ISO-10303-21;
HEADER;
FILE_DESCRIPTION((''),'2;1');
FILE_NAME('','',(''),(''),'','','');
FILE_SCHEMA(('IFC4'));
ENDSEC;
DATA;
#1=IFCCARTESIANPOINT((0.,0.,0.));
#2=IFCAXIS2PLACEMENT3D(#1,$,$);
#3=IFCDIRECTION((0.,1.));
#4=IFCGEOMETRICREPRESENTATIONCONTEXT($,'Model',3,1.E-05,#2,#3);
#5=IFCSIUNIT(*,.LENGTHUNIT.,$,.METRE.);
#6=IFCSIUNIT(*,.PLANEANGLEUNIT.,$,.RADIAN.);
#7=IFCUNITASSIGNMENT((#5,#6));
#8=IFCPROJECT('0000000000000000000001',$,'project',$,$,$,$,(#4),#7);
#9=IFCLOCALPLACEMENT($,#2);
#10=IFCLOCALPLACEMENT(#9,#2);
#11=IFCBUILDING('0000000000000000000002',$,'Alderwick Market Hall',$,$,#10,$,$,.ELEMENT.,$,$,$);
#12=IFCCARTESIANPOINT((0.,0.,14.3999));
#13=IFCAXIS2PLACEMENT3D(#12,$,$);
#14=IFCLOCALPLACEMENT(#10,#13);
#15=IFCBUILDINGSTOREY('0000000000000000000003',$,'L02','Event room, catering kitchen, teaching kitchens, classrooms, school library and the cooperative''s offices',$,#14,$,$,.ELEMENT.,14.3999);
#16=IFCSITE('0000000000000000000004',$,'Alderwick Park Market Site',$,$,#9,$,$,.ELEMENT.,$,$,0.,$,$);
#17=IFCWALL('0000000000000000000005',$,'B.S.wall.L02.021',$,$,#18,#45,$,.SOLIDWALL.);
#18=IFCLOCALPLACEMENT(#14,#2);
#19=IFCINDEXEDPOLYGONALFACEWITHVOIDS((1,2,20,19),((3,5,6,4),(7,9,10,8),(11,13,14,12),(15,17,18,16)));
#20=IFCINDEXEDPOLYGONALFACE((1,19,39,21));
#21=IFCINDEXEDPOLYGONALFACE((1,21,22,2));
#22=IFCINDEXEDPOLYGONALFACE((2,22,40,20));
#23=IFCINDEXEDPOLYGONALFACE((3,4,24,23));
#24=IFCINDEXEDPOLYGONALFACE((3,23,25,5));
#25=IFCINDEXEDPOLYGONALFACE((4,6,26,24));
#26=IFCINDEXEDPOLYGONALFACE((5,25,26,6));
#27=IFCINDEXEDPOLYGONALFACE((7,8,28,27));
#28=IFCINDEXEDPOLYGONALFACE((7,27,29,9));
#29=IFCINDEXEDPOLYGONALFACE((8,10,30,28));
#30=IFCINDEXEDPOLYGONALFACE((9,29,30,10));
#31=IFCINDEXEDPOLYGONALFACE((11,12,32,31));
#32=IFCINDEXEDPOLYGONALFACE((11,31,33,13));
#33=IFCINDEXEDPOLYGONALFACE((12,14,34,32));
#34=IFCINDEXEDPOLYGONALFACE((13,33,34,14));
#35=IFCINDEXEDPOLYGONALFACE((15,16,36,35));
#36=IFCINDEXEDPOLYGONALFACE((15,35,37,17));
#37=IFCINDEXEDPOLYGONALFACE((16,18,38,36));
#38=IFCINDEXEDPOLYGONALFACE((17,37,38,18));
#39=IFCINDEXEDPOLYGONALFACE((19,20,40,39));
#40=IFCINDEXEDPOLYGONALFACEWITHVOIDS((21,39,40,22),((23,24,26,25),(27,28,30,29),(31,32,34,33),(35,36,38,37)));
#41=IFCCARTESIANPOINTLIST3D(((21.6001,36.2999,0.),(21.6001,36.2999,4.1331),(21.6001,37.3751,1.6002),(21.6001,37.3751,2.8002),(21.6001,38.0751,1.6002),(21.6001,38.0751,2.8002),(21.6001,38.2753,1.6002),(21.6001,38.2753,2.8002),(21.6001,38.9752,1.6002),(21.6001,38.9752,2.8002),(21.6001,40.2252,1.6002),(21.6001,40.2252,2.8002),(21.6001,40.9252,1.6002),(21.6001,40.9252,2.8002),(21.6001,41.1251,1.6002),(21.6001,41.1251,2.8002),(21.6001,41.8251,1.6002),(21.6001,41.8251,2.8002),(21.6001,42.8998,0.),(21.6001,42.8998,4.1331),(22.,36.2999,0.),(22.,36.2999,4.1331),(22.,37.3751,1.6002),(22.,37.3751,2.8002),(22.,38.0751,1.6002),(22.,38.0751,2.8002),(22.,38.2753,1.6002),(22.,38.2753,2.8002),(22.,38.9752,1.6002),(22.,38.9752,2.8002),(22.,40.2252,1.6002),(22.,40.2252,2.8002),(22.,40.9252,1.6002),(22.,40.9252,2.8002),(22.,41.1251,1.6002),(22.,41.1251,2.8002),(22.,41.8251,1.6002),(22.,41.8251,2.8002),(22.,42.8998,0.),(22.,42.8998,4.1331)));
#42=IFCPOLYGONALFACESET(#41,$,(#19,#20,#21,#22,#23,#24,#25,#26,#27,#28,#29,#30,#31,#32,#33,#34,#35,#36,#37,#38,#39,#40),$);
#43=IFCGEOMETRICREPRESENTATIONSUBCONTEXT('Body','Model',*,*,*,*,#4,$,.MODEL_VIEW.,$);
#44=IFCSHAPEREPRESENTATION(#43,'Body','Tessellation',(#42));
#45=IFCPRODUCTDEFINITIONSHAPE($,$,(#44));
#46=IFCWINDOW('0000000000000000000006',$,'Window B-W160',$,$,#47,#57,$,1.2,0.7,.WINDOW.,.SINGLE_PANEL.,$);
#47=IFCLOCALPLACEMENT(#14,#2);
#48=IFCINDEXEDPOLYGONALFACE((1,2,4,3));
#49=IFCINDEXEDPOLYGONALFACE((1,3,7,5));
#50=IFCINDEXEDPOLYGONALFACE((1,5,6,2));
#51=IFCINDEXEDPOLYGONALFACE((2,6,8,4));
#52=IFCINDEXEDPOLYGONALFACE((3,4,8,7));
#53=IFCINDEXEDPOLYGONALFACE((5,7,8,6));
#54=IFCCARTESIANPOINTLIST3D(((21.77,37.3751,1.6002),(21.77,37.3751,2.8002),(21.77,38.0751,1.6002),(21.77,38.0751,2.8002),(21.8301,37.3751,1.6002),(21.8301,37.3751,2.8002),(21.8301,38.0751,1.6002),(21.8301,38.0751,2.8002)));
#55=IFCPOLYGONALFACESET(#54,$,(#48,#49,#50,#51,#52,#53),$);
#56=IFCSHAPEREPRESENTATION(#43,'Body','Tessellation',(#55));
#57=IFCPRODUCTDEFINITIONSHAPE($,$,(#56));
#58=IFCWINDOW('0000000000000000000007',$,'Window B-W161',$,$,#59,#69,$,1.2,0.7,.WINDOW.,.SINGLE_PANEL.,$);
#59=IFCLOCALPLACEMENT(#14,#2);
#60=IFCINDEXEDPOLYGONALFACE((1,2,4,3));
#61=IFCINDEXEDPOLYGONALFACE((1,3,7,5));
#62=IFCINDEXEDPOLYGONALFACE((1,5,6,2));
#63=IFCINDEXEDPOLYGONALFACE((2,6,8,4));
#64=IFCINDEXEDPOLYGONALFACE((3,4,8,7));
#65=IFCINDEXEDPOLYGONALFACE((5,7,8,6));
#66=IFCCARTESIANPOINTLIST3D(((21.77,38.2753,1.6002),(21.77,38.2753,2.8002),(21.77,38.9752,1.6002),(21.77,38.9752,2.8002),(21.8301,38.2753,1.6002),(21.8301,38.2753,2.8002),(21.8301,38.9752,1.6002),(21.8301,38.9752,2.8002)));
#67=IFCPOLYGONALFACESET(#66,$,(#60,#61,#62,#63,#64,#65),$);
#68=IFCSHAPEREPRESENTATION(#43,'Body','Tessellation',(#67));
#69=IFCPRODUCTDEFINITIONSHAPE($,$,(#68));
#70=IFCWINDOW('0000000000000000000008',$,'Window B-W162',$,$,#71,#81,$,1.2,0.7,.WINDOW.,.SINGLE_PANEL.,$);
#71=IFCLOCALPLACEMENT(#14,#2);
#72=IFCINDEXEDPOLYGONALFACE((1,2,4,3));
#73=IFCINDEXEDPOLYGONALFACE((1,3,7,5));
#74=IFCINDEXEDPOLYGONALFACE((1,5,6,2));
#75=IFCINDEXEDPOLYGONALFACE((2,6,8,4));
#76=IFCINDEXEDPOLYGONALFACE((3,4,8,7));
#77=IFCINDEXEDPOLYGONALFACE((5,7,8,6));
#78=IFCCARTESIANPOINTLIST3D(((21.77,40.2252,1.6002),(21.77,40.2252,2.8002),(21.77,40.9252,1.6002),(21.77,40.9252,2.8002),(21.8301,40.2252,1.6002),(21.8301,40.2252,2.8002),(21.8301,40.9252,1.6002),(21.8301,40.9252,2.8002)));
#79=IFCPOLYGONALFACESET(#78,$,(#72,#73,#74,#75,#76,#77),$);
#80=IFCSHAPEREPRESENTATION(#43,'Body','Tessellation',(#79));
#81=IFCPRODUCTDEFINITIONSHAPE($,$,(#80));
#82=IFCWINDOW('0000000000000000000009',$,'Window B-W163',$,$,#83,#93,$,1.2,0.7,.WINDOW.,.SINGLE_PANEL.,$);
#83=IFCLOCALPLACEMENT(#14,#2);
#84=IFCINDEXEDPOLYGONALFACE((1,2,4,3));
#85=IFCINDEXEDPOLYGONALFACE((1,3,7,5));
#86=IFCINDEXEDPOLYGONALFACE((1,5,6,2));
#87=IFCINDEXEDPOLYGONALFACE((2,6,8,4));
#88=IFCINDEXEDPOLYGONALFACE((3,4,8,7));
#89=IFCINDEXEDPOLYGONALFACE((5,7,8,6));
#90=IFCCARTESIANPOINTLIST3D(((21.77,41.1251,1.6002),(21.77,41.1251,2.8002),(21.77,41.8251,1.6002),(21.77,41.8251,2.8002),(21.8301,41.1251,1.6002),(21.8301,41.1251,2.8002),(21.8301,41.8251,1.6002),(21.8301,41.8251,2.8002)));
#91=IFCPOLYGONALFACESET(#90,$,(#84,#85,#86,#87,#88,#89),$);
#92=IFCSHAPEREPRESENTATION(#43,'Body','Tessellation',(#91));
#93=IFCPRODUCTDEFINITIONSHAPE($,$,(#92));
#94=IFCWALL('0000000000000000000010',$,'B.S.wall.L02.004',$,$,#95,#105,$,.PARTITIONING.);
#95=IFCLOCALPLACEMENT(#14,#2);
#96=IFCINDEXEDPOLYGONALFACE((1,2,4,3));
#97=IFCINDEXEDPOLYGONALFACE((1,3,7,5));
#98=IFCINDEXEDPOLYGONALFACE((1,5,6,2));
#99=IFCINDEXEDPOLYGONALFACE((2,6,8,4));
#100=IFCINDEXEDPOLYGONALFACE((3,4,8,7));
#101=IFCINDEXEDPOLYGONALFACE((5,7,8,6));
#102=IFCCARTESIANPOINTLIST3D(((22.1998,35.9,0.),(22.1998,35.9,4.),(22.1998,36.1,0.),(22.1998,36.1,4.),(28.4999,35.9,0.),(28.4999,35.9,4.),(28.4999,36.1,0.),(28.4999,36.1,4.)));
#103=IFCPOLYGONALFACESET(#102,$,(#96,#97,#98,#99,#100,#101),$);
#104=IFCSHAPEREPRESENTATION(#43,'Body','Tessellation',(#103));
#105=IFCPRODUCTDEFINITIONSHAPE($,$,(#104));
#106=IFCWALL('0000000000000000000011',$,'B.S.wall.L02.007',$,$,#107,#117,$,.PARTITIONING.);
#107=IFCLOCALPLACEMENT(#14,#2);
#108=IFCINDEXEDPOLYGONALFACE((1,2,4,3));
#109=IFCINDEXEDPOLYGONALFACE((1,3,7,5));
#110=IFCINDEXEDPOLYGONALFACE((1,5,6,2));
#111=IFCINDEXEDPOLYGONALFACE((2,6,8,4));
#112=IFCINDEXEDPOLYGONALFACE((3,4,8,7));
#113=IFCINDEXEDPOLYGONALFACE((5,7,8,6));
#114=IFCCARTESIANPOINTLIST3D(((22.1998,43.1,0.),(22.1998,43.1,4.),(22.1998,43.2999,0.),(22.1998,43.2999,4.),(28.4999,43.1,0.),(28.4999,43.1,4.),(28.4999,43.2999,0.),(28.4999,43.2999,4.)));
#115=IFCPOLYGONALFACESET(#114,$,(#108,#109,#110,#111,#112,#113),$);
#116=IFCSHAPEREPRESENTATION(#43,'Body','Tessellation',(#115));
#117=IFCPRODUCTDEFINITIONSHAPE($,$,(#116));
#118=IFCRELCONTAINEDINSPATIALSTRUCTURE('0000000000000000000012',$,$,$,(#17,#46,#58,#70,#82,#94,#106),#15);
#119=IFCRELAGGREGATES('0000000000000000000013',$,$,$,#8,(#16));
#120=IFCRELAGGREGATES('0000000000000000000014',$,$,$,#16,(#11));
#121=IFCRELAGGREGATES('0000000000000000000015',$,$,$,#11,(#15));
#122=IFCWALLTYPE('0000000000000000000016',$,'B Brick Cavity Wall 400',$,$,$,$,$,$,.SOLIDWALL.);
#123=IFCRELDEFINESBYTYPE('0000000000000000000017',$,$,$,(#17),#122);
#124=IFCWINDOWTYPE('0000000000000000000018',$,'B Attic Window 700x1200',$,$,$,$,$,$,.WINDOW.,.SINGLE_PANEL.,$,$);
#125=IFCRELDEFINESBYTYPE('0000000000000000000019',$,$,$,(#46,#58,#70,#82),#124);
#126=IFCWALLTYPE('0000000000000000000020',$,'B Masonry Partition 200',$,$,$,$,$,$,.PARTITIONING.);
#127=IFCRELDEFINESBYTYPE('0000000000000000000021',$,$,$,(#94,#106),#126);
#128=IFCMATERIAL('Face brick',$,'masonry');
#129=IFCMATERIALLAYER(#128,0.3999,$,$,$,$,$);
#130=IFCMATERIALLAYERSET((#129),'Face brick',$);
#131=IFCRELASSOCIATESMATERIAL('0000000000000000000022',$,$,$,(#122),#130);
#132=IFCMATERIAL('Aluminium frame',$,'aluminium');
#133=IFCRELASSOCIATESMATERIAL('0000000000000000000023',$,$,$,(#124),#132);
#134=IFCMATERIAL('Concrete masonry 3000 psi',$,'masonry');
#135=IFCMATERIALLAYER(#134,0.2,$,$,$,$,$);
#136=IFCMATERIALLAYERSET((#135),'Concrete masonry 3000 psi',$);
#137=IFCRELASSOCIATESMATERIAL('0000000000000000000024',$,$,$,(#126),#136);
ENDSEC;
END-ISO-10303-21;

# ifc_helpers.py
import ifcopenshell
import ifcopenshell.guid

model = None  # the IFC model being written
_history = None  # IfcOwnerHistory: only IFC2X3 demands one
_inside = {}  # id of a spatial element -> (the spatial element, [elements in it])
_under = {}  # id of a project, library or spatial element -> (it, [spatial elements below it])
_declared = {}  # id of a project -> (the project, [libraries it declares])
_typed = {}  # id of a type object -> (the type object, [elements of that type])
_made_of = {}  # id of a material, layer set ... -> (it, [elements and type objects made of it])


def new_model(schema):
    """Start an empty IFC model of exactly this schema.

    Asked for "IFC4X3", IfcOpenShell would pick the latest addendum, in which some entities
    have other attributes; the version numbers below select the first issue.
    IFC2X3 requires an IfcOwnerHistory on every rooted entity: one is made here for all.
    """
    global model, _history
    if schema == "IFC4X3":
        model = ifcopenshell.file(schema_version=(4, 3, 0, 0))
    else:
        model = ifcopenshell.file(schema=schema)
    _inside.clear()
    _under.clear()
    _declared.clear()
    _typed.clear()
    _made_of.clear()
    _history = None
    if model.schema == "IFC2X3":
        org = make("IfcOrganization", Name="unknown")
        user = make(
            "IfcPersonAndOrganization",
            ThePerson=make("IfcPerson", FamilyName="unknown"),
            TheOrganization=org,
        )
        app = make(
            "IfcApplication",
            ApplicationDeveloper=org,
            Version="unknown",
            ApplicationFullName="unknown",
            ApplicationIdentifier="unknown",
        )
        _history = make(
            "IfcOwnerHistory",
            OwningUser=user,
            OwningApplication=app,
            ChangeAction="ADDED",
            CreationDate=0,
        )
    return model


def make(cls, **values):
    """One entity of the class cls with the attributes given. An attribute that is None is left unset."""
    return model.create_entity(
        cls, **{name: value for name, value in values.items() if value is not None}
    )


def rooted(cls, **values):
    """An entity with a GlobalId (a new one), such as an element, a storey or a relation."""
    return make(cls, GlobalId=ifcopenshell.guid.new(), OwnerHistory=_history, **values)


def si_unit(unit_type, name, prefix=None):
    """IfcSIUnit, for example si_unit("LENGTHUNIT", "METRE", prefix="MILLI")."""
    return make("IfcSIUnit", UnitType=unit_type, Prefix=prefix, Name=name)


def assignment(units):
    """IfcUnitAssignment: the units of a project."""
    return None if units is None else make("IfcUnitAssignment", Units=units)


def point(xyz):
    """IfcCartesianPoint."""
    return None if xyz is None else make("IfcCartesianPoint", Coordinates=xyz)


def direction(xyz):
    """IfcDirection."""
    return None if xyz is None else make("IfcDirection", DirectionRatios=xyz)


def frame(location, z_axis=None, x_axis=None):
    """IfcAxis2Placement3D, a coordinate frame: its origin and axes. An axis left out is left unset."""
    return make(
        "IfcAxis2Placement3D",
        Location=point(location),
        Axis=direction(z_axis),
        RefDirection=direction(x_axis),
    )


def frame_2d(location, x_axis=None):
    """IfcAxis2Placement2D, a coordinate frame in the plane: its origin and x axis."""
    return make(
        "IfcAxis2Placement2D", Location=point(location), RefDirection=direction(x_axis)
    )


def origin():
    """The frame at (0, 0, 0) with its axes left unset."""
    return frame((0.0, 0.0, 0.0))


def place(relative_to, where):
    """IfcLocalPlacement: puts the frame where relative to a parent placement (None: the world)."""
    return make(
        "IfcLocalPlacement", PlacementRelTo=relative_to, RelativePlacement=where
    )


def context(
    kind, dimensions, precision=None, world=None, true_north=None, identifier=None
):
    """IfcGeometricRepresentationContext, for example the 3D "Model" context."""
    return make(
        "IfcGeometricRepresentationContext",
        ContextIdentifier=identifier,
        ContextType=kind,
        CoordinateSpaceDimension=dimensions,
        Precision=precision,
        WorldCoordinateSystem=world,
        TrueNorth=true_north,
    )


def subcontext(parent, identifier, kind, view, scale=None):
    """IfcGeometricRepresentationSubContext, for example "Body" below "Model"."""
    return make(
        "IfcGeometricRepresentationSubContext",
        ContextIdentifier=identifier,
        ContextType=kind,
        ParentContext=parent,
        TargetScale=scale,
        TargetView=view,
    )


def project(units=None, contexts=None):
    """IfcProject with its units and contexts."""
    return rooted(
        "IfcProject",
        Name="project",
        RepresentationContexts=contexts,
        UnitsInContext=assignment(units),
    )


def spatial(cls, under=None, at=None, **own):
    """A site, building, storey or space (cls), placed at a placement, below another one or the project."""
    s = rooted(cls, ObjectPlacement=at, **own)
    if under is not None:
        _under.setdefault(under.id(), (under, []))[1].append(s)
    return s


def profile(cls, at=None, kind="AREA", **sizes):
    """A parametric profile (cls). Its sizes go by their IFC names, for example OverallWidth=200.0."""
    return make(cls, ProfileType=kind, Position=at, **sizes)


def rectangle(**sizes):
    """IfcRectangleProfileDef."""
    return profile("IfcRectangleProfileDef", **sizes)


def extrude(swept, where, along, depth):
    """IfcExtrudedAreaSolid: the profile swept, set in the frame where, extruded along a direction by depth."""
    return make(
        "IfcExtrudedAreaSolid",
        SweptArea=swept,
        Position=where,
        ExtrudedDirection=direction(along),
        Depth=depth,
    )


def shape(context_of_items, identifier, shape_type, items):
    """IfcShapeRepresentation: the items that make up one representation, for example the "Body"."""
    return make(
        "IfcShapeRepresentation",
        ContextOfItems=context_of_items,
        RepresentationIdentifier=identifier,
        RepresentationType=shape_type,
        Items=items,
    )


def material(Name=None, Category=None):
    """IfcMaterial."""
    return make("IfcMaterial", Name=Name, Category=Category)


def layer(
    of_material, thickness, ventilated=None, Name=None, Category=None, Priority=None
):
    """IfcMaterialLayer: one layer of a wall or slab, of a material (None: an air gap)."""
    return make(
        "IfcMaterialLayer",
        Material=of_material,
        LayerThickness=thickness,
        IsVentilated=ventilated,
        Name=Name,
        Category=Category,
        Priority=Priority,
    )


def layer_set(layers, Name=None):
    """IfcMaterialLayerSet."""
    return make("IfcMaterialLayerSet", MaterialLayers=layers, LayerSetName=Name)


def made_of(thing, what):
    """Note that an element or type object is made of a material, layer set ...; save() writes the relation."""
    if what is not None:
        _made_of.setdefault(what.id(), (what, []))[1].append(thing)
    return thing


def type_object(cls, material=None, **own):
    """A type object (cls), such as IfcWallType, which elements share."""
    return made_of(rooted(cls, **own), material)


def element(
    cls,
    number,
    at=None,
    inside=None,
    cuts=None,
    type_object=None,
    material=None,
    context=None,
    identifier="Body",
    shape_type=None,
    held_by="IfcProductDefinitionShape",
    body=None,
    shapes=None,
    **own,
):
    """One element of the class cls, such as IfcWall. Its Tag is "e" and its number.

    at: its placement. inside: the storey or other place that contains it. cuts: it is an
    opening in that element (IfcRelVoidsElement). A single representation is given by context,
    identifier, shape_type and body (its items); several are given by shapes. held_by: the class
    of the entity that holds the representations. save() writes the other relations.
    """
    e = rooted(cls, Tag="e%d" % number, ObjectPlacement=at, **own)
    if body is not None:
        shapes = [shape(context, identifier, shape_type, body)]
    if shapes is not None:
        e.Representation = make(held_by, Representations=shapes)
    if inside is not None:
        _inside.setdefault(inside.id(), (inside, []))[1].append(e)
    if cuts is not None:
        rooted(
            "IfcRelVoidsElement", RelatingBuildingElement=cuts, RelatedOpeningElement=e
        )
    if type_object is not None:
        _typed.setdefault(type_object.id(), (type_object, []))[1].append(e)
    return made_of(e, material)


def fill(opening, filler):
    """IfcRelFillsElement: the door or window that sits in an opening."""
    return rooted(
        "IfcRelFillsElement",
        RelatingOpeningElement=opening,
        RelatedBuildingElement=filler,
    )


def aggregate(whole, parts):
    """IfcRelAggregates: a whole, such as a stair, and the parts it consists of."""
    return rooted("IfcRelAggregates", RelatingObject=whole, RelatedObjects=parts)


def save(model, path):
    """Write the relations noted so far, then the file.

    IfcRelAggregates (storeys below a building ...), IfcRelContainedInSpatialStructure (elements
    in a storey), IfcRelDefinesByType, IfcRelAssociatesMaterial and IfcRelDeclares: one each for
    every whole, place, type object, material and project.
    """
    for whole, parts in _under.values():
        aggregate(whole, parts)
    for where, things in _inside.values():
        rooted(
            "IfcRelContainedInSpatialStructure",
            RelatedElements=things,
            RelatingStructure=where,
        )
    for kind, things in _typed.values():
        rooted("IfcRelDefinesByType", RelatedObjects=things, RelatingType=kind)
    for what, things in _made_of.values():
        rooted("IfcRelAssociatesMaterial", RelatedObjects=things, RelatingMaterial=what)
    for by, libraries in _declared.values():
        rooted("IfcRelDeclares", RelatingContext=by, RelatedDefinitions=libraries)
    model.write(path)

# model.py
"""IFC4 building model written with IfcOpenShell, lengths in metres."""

from ifc_helpers import new_model, si_unit, direction, frame, frame_2d, origin, place, context, subcontext, project, spatial, rectangle, extrude, material, layer, layer_set, type_object, element, fill, save


model = new_model("IFC4")

# Units and contexts
model_context = context("Model", 3, precision=1e-05, world=origin(), true_north=direction((0.0, 1.0)))
body_context = subcontext(model_context, "Body", "Model", "MODEL_VIEW")
ifc_project = project(units=[si_unit("LENGTHUNIT", "METRE"), si_unit("PLANEANGLEUNIT", "RADIAN")], contexts=[model_context])

# Site, building, storey
site_placement = place(None, origin())
site = spatial("IfcSite", under=ifc_project, at=site_placement, Name="Alderwick Park Market Site", CompositionType="ELEMENT", RefElevation=0.0)
building_placement = place(site_placement, origin())
building = spatial("IfcBuilding", under=site, at=building_placement, Name="Alderwick Market Hall", CompositionType="ELEMENT")
storey_placement = place(building_placement, frame((0.0, 0.0, 14.3999)))
storey = spatial("IfcBuildingStorey", under=building, at=storey_placement, Name="L02", Description="Event room, catering kitchen, teaching kitchens, classrooms, school library and the cooperative's offices", CompositionType="ELEMENT", Elevation=14.3999)

# Wall, openings, windows
ifc_material_1 = material(Name="Face brick", Category="masonry")
ifc_layer_1 = layer(ifc_material_1, 0.3999)
ifc_layer_set_1 = layer_set([ifc_layer_1], Name="Face brick")
wall_type_1 = type_object("IfcWallType", Name="B Brick Cavity Wall 400", PredefinedType="SOLIDWALL", material=ifc_layer_set_1)
wall_placement = place(storey_placement, frame((21.8, 36.3, 0.0), z_axis=(0.0, 0.0, 1.0), x_axis=(0.0, 1.0, 0.0)))
wall = element("IfcWall", 1, at=wall_placement, inside=storey, type_object=wall_type_1, Name="B.S.wall.L02.021", PredefinedType="SOLIDWALL", context=body_context, shape_type="SweptSolid", body=[
    extrude(rectangle(XDim=6.5999, YDim=0.3999, at=frame_2d((3.2998, 0.0))), origin(), (0.0, 0.0, 1.0), 4.1331),
])
opening_1_placement = place(wall_placement, frame((1.075, 0.0, 1.6001)))
opening_1 = element("IfcOpeningElement", 2, at=opening_1_placement, cuts=wall, PredefinedType="OPENING", context=body_context, shape_type="SweptSolid", body=[
    extrude(rectangle(XDim=0.7, YDim=1.2, at=frame_2d((0.3501, 0.6001))), frame((0.0, 0.21, 0.0), z_axis=(0.0, -1.0, 0.0), x_axis=(1.0, 0.0, 0.0)), (0.0, 0.0, 1.0), 0.4199),
])
opening_2_placement = place(wall_placement, frame((1.9751, 0.0, 1.6001)))
opening_2 = element("IfcOpeningElement", 3, at=opening_2_placement, cuts=wall, PredefinedType="OPENING", context=body_context, shape_type="SweptSolid", body=[
    extrude(rectangle(XDim=0.7, YDim=1.2, at=frame_2d((0.3501, 0.6001))), frame((0.0, 0.21, 0.0), z_axis=(0.0, -1.0, 0.0), x_axis=(1.0, 0.0, 0.0)), (0.0, 0.0, 1.0), 0.4199),
])
opening_3_placement = place(wall_placement, frame((3.925, 0.0, 1.6001)))
opening_3 = element("IfcOpeningElement", 4, at=opening_3_placement, cuts=wall, PredefinedType="OPENING", context=body_context, shape_type="SweptSolid", body=[
    extrude(rectangle(XDim=0.7, YDim=1.2, at=frame_2d((0.3501, 0.6001))), frame((0.0, 0.21, 0.0), z_axis=(0.0, -1.0, 0.0), x_axis=(1.0, 0.0, 0.0)), (0.0, 0.0, 1.0), 0.4199),
])
opening_4_placement = place(wall_placement, frame((4.825, 0.0, 1.6001)))
opening_4 = element("IfcOpeningElement", 5, at=opening_4_placement, cuts=wall, PredefinedType="OPENING", context=body_context, shape_type="SweptSolid", body=[
    extrude(rectangle(XDim=0.7, YDim=1.2, at=frame_2d((0.3501, 0.6001))), frame((0.0, 0.21, 0.0), z_axis=(0.0, -1.0, 0.0), x_axis=(1.0, 0.0, 0.0)), (0.0, 0.0, 1.0), 0.4199),
])
ifc_material_2 = material(Name="Aluminium frame", Category="aluminium")
window_type = type_object("IfcWindowType", Name="B Attic Window 700x1200", PartitioningType="SINGLE_PANEL", PredefinedType="WINDOW", material=ifc_material_2)
window_1_placement = place(opening_1_placement, origin())
window_1 = element("IfcWindow", 6, at=window_1_placement, inside=storey, type_object=window_type, Name="Window B-W160", OverallHeight=1.2, OverallWidth=0.7, PartitioningType="SINGLE_PANEL", PredefinedType="WINDOW", context=body_context, shape_type="SweptSolid", body=[
    extrude(rectangle(XDim=0.7, YDim=1.2, at=frame_2d((0.3501, 0.6001))), frame((0.0, 0.03, 0.0), z_axis=(0.0, -1.0, 0.0), x_axis=(1.0, 0.0, 0.0)), (0.0, 0.0, 1.0), 0.0601),
])
fill(opening_1, window_1)
window_2_placement = place(opening_2_placement, origin())
window_2 = element("IfcWindow", 7, at=window_2_placement, inside=storey, type_object=window_type, Name="Window B-W161", OverallHeight=1.2, OverallWidth=0.7, PartitioningType="SINGLE_PANEL", PredefinedType="WINDOW", context=body_context, shape_type="SweptSolid", body=[
    extrude(rectangle(XDim=0.7, YDim=1.2, at=frame_2d((0.3501, 0.6001))), frame((0.0, 0.03, 0.0), z_axis=(0.0, -1.0, 0.0), x_axis=(1.0, 0.0, 0.0)), (0.0, 0.0, 1.0), 0.0601),
])
fill(opening_2, window_2)
window_3_placement = place(opening_3_placement, origin())
window_3 = element("IfcWindow", 8, at=window_3_placement, inside=storey, type_object=window_type, Name="Window B-W162", OverallHeight=1.2, OverallWidth=0.7, PartitioningType="SINGLE_PANEL", PredefinedType="WINDOW", context=body_context, shape_type="SweptSolid", body=[
    extrude(rectangle(XDim=0.7, YDim=1.2, at=frame_2d((0.3501, 0.6001))), frame((0.0, 0.03, 0.0), z_axis=(0.0, -1.0, 0.0), x_axis=(1.0, 0.0, 0.0)), (0.0, 0.0, 1.0), 0.0601),
])
fill(opening_3, window_3)
window_4_placement = place(opening_4_placement, origin())
window_4 = element("IfcWindow", 9, at=window_4_placement, inside=storey, type_object=window_type, Name="Window B-W163", OverallHeight=1.2, OverallWidth=0.7, PartitioningType="SINGLE_PANEL", PredefinedType="WINDOW", context=body_context, shape_type="SweptSolid", body=[
    extrude(rectangle(XDim=0.7, YDim=1.2, at=frame_2d((0.3501, 0.6001))), frame((0.0, 0.03, 0.0), z_axis=(0.0, -1.0, 0.0), x_axis=(1.0, 0.0, 0.0)), (0.0, 0.0, 1.0), 0.0601),
])
fill(opening_4, window_4)

# Walls
ifc_material_3 = material(Name="Concrete masonry 3000 psi", Category="masonry")
ifc_layer_2 = layer(ifc_material_3, 0.2)
ifc_layer_set_2 = layer_set([ifc_layer_2], Name="Concrete masonry 3000 psi")
wall_type_2 = type_object("IfcWallType", Name="B Masonry Partition 200", PredefinedType="PARTITIONING", material=ifc_layer_set_2)
for number, where, z_axis, x_axis, name in (
    (10, (22.2, 36.0, 0.0), (0.0, 0.0, 1.0), (1.0, 0.0, 0.0), "B.S.wall.L02.004"),
    (11, (22.2, 43.2, 0.0), (0.0, 0.0, 1.0), (1.0, 0.0, 0.0), "B.S.wall.L02.007"),
):
    element("IfcWall", number, at=place(storey_placement, frame(where, z_axis=z_axis, x_axis=x_axis)), inside=storey, type_object=wall_type_2, Name=name, PredefinedType="PARTITIONING", context=body_context, shape_type="SweptSolid", body=[
        extrude(rectangle(XDim=6.3, YDim=0.2, at=frame_2d((3.1499, 0.0))), origin(), (0.0, 0.0, 1.0), 4.0),
    ])

save(model, "model.ifc")
